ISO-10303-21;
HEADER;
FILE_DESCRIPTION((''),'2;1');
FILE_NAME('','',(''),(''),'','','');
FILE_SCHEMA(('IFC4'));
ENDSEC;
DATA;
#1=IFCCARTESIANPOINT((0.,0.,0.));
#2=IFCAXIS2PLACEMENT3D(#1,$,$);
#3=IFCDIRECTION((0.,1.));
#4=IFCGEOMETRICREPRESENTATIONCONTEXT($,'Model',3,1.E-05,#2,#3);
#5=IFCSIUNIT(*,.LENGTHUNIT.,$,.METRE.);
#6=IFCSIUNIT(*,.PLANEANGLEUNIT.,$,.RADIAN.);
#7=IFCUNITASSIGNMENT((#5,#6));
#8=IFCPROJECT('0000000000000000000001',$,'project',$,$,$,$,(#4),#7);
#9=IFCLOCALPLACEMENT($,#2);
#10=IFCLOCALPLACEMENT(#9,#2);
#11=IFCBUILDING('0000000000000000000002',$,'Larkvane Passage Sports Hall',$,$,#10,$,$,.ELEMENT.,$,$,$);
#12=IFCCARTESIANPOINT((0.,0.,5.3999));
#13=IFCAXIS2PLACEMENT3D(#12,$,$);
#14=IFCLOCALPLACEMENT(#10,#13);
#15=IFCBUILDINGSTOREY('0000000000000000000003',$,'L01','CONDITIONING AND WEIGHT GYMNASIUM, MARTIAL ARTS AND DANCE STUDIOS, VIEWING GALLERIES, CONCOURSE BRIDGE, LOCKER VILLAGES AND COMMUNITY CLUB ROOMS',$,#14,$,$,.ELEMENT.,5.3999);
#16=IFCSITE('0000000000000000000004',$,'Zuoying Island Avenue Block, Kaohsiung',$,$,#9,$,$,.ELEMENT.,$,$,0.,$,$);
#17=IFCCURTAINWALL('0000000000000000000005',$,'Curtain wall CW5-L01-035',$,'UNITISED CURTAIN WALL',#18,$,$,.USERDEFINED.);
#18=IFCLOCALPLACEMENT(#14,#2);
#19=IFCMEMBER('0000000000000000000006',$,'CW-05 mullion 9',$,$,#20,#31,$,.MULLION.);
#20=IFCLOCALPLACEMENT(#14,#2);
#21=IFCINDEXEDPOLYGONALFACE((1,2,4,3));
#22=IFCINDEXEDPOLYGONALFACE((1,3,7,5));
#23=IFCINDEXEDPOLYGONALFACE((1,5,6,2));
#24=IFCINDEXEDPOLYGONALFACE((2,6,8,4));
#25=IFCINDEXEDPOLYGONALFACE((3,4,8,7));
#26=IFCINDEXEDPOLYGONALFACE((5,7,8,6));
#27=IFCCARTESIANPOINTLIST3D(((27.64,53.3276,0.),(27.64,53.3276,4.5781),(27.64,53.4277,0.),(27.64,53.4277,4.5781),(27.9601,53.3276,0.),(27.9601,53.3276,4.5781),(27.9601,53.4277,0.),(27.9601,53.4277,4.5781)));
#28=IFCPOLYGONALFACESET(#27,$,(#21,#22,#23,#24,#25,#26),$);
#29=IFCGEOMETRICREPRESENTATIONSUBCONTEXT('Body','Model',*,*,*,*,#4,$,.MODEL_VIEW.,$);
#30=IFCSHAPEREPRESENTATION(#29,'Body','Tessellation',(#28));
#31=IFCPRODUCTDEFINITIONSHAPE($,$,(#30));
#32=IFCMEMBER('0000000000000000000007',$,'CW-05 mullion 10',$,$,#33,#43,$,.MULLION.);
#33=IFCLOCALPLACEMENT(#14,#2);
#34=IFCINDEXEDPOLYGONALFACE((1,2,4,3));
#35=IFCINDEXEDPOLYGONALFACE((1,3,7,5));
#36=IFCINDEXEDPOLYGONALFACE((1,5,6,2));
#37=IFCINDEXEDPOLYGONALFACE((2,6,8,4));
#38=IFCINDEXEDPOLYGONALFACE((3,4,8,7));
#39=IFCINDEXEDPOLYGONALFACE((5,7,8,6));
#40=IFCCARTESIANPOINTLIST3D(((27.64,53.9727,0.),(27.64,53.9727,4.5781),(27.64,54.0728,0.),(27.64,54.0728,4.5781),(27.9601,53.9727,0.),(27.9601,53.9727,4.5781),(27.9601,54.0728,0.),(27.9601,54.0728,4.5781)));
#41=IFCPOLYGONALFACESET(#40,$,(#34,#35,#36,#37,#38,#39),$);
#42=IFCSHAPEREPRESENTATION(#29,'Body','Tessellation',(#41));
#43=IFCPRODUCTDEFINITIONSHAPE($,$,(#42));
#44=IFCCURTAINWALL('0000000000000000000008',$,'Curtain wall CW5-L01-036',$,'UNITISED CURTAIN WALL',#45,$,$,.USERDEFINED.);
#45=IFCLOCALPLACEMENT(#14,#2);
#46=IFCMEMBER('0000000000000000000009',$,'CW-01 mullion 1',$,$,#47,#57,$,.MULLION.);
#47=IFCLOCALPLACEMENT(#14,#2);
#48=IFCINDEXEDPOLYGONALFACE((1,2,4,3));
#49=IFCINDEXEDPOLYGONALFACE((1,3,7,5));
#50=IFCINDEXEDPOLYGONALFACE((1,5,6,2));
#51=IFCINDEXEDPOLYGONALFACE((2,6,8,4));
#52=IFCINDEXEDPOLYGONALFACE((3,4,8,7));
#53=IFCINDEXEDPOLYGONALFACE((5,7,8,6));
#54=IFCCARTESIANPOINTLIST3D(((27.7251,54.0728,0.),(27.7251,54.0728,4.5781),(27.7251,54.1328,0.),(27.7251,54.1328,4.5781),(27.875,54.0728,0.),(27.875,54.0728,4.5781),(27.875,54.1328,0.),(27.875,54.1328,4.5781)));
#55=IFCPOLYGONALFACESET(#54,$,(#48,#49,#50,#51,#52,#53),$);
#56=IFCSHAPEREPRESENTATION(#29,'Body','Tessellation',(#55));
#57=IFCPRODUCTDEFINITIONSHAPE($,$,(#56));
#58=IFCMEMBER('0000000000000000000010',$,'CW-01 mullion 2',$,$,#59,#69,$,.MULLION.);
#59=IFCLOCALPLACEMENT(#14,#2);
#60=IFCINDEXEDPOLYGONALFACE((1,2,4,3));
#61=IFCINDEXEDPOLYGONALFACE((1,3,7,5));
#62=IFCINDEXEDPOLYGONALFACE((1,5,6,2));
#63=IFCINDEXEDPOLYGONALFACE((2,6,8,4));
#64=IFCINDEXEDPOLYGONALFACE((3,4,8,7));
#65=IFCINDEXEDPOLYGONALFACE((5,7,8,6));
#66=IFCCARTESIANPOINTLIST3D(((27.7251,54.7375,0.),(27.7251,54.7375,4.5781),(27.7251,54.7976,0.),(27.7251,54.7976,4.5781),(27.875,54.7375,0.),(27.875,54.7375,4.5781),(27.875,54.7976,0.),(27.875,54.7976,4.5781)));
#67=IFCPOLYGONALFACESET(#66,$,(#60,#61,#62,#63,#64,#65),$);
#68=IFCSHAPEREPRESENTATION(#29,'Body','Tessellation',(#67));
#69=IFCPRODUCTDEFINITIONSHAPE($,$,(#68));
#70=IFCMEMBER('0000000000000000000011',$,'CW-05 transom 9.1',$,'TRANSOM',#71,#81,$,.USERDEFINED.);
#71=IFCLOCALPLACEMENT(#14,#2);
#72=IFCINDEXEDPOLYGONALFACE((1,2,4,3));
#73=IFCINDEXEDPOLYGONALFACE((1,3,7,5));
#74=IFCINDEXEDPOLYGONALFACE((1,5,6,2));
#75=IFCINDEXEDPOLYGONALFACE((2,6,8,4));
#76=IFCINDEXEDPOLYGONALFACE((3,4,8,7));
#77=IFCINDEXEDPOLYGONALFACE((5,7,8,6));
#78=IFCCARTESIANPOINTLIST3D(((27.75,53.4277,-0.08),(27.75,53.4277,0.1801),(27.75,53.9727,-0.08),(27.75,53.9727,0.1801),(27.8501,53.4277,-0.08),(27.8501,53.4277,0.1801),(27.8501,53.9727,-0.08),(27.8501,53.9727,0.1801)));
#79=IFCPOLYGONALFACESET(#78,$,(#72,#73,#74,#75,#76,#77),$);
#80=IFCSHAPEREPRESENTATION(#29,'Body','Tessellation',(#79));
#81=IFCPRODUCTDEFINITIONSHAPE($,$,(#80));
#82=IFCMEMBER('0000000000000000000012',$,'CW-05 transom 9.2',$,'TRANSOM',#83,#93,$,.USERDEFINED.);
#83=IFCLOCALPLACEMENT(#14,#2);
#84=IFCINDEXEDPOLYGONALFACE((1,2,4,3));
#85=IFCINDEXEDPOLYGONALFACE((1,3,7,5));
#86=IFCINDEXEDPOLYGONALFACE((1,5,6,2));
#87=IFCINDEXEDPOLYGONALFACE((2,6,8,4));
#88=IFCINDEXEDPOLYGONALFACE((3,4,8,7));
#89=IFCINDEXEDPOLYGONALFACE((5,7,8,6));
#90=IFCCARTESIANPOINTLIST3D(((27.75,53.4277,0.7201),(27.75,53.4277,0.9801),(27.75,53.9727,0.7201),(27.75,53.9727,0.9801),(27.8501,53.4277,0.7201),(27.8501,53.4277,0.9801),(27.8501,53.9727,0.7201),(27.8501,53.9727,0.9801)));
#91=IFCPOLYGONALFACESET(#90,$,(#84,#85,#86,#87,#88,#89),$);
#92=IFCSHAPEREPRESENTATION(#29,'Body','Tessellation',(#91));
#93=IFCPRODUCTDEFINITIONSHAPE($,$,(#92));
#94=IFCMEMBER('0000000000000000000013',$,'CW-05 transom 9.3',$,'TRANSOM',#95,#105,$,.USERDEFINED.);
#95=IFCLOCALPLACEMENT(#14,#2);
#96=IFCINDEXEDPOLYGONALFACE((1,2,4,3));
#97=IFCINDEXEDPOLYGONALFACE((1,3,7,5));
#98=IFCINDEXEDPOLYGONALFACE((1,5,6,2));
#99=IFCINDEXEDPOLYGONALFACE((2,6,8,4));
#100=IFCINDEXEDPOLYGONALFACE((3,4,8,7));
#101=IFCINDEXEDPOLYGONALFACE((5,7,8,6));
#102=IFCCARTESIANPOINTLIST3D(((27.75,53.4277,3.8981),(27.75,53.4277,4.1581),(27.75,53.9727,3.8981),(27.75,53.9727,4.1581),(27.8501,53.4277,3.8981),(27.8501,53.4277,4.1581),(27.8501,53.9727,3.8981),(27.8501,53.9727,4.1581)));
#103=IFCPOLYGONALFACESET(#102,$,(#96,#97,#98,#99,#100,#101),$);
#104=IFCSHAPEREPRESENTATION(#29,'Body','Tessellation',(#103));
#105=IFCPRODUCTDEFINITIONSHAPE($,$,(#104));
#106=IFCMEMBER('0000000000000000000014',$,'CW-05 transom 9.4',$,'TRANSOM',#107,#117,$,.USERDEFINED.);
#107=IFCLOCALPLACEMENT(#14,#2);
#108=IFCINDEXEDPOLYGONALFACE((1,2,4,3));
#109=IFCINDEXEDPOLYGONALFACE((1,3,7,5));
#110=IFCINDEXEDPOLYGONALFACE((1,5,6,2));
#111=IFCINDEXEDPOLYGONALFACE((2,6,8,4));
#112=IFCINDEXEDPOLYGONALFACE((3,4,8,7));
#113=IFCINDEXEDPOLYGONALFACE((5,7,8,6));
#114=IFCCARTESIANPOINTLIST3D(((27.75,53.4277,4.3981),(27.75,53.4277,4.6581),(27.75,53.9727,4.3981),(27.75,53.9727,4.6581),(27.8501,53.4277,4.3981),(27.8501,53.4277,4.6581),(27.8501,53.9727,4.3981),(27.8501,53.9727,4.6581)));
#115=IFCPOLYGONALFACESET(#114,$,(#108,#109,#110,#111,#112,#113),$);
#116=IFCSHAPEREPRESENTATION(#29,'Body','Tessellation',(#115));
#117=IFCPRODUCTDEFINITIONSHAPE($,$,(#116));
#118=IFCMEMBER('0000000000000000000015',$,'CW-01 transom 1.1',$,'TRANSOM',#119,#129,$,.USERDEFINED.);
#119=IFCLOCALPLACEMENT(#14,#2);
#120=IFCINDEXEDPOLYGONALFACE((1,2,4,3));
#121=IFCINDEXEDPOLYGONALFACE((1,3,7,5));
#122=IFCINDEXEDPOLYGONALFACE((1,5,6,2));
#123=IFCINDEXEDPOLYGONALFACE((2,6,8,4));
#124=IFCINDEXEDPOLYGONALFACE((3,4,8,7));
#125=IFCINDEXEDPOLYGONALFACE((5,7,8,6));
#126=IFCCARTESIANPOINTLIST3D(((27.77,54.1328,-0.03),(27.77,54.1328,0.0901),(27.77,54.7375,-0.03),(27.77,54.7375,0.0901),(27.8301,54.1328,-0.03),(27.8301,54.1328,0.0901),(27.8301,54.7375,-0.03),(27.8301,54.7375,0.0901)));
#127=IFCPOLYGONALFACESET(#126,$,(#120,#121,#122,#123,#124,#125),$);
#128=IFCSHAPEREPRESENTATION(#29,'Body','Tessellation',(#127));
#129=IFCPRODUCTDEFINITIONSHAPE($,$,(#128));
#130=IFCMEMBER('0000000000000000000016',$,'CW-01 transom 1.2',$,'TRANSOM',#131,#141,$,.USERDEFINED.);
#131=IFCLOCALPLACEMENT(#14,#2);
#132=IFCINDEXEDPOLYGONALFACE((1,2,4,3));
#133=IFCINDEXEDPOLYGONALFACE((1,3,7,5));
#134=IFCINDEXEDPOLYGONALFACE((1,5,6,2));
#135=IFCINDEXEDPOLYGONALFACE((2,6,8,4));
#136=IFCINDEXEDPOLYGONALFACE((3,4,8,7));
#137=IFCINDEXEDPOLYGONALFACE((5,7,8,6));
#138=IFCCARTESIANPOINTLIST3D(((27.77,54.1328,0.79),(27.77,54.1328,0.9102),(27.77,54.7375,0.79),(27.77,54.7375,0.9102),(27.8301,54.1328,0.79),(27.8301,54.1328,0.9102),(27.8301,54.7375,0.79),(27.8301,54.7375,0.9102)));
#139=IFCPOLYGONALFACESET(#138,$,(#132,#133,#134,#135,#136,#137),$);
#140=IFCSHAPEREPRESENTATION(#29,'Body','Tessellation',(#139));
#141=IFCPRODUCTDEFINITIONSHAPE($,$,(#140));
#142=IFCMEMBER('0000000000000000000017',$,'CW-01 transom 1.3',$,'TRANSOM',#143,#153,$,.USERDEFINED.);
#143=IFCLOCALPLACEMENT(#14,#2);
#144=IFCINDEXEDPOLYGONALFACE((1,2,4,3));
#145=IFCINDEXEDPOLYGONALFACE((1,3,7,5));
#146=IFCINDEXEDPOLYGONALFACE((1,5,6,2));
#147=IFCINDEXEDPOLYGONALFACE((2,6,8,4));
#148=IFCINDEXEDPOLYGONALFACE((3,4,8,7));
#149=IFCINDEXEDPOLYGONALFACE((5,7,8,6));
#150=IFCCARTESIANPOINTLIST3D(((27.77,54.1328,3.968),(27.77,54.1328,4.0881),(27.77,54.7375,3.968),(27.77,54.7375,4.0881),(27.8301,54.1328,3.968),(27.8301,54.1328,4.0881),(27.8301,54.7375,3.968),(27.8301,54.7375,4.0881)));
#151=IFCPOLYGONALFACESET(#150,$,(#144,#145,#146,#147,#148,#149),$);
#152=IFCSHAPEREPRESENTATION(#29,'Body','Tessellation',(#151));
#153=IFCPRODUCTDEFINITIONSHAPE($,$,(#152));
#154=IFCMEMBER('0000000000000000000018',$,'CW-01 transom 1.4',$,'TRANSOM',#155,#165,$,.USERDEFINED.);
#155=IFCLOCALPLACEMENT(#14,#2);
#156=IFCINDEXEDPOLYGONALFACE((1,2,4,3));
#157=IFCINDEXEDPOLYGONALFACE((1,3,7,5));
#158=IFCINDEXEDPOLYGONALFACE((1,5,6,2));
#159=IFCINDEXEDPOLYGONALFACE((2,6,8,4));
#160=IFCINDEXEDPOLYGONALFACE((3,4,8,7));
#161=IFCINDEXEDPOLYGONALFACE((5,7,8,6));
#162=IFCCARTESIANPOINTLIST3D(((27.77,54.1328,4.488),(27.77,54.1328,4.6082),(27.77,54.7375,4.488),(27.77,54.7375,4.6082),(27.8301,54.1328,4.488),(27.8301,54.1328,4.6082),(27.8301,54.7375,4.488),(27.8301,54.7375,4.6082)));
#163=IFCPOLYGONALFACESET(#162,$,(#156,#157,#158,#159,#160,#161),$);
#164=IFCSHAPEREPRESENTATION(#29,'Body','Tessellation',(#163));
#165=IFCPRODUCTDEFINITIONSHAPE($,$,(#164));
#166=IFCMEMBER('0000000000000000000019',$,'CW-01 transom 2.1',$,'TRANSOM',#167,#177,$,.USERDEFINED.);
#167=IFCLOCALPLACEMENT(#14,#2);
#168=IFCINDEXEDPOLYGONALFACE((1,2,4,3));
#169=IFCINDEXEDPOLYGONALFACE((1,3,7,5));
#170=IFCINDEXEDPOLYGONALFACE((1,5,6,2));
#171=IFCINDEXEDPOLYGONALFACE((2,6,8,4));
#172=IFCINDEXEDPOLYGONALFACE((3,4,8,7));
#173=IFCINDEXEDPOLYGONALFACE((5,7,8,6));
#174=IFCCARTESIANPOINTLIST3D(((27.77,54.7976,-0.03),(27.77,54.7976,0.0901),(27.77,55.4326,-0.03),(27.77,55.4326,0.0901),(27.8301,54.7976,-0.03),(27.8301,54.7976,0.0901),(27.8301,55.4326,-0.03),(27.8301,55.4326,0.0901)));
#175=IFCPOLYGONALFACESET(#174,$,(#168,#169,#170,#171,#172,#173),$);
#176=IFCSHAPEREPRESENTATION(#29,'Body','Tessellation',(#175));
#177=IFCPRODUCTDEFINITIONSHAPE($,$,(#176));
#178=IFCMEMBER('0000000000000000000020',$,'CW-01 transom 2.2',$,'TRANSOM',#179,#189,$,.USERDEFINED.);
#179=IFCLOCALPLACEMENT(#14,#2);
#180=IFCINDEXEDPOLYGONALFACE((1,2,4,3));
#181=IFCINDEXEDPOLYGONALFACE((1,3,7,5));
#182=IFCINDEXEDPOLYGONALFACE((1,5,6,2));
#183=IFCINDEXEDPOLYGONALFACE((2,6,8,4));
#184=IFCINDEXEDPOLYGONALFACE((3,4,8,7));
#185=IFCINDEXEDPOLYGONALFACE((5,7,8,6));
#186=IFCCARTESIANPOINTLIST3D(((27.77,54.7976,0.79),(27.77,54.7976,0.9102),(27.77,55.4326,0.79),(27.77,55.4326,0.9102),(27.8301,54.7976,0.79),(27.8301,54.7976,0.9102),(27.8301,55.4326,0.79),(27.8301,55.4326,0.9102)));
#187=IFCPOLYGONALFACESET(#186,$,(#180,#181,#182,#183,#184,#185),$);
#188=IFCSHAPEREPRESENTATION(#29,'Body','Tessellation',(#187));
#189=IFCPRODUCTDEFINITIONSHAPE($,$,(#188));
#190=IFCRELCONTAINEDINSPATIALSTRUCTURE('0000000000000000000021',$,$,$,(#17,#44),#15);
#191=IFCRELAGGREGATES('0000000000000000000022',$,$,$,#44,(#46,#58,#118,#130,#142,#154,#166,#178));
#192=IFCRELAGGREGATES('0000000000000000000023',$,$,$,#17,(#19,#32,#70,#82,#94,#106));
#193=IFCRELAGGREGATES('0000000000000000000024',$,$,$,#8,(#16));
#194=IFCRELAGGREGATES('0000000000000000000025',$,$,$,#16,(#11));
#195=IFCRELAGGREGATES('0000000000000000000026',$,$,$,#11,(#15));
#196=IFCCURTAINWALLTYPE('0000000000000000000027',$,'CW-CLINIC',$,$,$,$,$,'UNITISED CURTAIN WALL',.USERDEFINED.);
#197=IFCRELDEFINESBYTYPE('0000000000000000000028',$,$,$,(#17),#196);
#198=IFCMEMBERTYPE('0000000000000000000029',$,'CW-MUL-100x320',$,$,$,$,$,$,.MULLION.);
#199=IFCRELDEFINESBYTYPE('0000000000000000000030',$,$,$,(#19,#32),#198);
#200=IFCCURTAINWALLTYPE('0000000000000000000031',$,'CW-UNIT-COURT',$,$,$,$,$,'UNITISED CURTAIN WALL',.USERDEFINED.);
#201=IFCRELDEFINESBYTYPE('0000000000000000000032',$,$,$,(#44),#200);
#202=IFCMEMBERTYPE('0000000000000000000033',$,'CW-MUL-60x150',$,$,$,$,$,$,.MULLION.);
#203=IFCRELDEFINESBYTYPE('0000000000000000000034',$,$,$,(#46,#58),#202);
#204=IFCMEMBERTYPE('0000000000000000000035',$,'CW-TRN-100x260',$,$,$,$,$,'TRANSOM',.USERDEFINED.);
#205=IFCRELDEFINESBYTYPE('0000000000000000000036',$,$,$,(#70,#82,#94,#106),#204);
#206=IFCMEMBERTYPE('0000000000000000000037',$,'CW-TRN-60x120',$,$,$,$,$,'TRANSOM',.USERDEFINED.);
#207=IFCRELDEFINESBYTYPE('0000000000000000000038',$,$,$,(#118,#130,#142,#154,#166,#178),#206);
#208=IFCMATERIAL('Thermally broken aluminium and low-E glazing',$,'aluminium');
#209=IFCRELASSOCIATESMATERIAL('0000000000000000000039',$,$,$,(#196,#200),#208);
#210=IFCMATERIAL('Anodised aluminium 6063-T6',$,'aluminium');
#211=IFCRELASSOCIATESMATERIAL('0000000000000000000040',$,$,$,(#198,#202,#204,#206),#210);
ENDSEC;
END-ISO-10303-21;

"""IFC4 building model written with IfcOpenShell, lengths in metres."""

from ifc_helpers import new_model, si_unit, direction, frame, origin, origin_2d, place, context, subcontext, project, spatial, rectangle, extrude, material, material_profile, profile_set, type_object, element, aggregate, save


model = new_model("IFC4")

# Units and contexts
model_context = context("Model", 3, precision=1e-05, world=origin(), true_north=direction((0.0, 1.0)))
body_context = subcontext(model_context, "Body", "Model", "MODEL_VIEW")
ifc_project = project(units=[si_unit("LENGTHUNIT", "METRE"), si_unit("PLANEANGLEUNIT", "RADIAN")], contexts=[model_context])

# Site, building, storey
site_placement = place(None, origin())
site = spatial("IfcSite", under=ifc_project, at=site_placement, Name="Zuoying Island Avenue Block, Kaohsiung", CompositionType="ELEMENT", RefElevation=0.0)
building_placement = place(site_placement, origin())
building = spatial("IfcBuilding", under=site, at=building_placement, Name="Larkvane Passage Sports Hall", CompositionType="ELEMENT")
storey_placement = place(building_placement, frame((0.0, 0.0, 5.3999)))
storey = spatial("IfcBuildingStorey", under=building, at=storey_placement, Name="L01", Description="CONDITIONING AND WEIGHT GYMNASIUM, MARTIAL ARTS AND DANCE STUDIOS, VIEWING GALLERIES, CONCOURSE BRIDGE, LOCKER VILLAGES AND COMMUNITY CLUB ROOMS", CompositionType="ELEMENT", Elevation=5.3999)

# Curtain walls, members
ifc_material_1 = material(Name="Thermally broken aluminium and low-E glazing", Category="aluminium")
curtain_wall_type_1 = type_object("IfcCurtainWallType", Name="CW-CLINIC", ElementType="UNITISED CURTAIN WALL", PredefinedType="USERDEFINED", material=ifc_material_1)
curtain_wall_1_placement = place(storey_placement, origin())
curtain_wall_1 = element("IfcCurtainWall", 1, at=curtain_wall_1_placement, inside=storey, type_object=curtain_wall_type_1, Name="Curtain wall CW5-L01-035", ObjectType="UNITISED CURTAIN WALL", PredefinedType="USERDEFINED")
ifc_material_2 = material(Name="Anodised aluminium 6063-T6", Category="aluminium")
ifc_material_profile_1 = material_profile(ifc_material_2, rectangle(XDim=0.1001, YDim=0.3201, at=origin_2d()), Name="ALU-MUL-100x320")
ifc_profile_set_1 = profile_set([ifc_material_profile_1], Name="Anodised aluminium 6063-T6")
member_type_1 = type_object("IfcMemberType", Name="CW-MUL-100x320", PredefinedType="MULLION", material=ifc_profile_set_1)
member_1_placement = place(storey_placement, frame((27.8, 53.3777, 0.0), z_axis=(0.0, 0.0, 1.0), x_axis=(0.0, 1.0, 0.0)))
member_1 = element("IfcMember", 2, at=member_1_placement, type_object=member_type_1, Name="CW-05 mullion 9", PredefinedType="MULLION", context=body_context, shape_type="SweptSolid", body=[
    extrude(rectangle(XDim=0.1001, YDim=0.3201, at=origin_2d()), origin(), (0.0, 0.0, 1.0), 4.5781),
])
member_2_placement = place(storey_placement, frame((27.8, 54.0227, 0.0), z_axis=(0.0, 0.0, 1.0), x_axis=(0.0, 1.0, 0.0)))
member_2 = element("IfcMember", 3, at=member_2_placement, type_object=member_type_1, Name="CW-05 mullion 10", PredefinedType="MULLION", context=body_context, shape_type="SweptSolid", body=[
    extrude(rectangle(XDim=0.1001, YDim=0.3201, at=origin_2d()), origin(), (0.0, 0.0, 1.0), 4.5781),
])
curtain_wall_type_2 = type_object("IfcCurtainWallType", Name="CW-UNIT-COURT", ElementType="UNITISED CURTAIN WALL", PredefinedType="USERDEFINED", material=ifc_material_1)
curtain_wall_2_placement = place(storey_placement, origin())
curtain_wall_2 = element("IfcCurtainWall", 4, at=curtain_wall_2_placement, inside=storey, type_object=curtain_wall_type_2, Name="Curtain wall CW5-L01-036", ObjectType="UNITISED CURTAIN WALL", PredefinedType="USERDEFINED")
ifc_material_profile_2 = material_profile(ifc_material_2, rectangle(XDim=0.0601, YDim=0.1499, at=origin_2d()), Name="ALU-MUL-60x150")
ifc_profile_set_2 = profile_set([ifc_material_profile_2], Name="Anodised aluminium 6063-T6")
member_type_2 = type_object("IfcMemberType", Name="CW-MUL-60x150", PredefinedType="MULLION", material=ifc_profile_set_2)
member_3_placement = place(storey_placement, frame((27.8, 54.1028, 0.0), z_axis=(0.0, 0.0, 1.0), x_axis=(0.0, 1.0, 0.0)))
member_3 = element("IfcMember", 5, at=member_3_placement, type_object=member_type_2, Name="CW-01 mullion 1", PredefinedType="MULLION", context=body_context, shape_type="SweptSolid", body=[
    extrude(rectangle(XDim=0.0601, YDim=0.1499, at=origin_2d()), origin(), (0.0, 0.0, 1.0), 4.5781),
])
member_4_placement = place(storey_placement, frame((27.8, 54.7676, 0.0), z_axis=(0.0, 0.0, 1.0), x_axis=(0.0, 1.0, 0.0)))
member_4 = element("IfcMember", 6, at=member_4_placement, type_object=member_type_2, Name="CW-01 mullion 2", PredefinedType="MULLION", context=body_context, shape_type="SweptSolid", body=[
    extrude(rectangle(XDim=0.0601, YDim=0.1499, at=origin_2d()), origin(), (0.0, 0.0, 1.0), 4.5781),
])

# Members
ifc_material_profile_3 = material_profile(ifc_material_2, rectangle(XDim=0.1001, YDim=0.26, at=origin_2d()), Name="ALU-TRN-100x260")
ifc_profile_set_3 = profile_set([ifc_material_profile_3], Name="Anodised aluminium 6063-T6")
member_type_3 = type_object("IfcMemberType", Name="CW-TRN-100x260", ElementType="TRANSOM", PredefinedType="USERDEFINED", material=ifc_profile_set_3)
member_5_placement = place(storey_placement, frame((27.8, 53.4277, 0.05), z_axis=(0.0, 1.0, 0.0), x_axis=(-1.0, 0.0, 0.0)))
member_5 = element("IfcMember", 7, at=member_5_placement, type_object=member_type_3, Name="CW-05 transom 9.1", ObjectType="TRANSOM", PredefinedType="USERDEFINED", context=body_context, shape_type="SweptSolid", body=[
    extrude(rectangle(XDim=0.1001, YDim=0.26, at=origin_2d()), origin(), (0.0, 0.0, 1.0), 0.5449),
])
member_6_placement = place(storey_placement, frame((27.8, 53.4277, 0.8501), z_axis=(0.0, 1.0, 0.0), x_axis=(-1.0, 0.0, 0.0)))
member_6 = element("IfcMember", 8, at=member_6_placement, type_object=member_type_3, Name="CW-05 transom 9.2", ObjectType="TRANSOM", PredefinedType="USERDEFINED", context=body_context, shape_type="SweptSolid", body=[
    extrude(rectangle(XDim=0.1001, YDim=0.26, at=origin_2d()), origin(), (0.0, 0.0, 1.0), 0.5449),
])
member_7_placement = place(storey_placement, frame((27.8, 53.4277, 4.0281), z_axis=(0.0, 1.0, 0.0), x_axis=(-1.0, 0.0, 0.0)))
member_7 = element("IfcMember", 9, at=member_7_placement, type_object=member_type_3, Name="CW-05 transom 9.3", ObjectType="TRANSOM", PredefinedType="USERDEFINED", context=body_context, shape_type="SweptSolid", body=[
    extrude(rectangle(XDim=0.1001, YDim=0.26, at=origin_2d()), origin(), (0.0, 0.0, 1.0), 0.5449),
])
member_8_placement = place(storey_placement, frame((27.8, 53.4277, 4.5281), z_axis=(0.0, 1.0, 0.0), x_axis=(-1.0, 0.0, 0.0)))
member_8 = element("IfcMember", 10, at=member_8_placement, type_object=member_type_3, Name="CW-05 transom 9.4", ObjectType="TRANSOM", PredefinedType="USERDEFINED", context=body_context, shape_type="SweptSolid", body=[
    extrude(rectangle(XDim=0.1001, YDim=0.26, at=origin_2d()), origin(), (0.0, 0.0, 1.0), 0.5449),
])
ifc_material_profile_4 = material_profile(ifc_material_2, rectangle(XDim=0.0601, YDim=0.1201, at=origin_2d()), Name="ALU-TRN-60x120")
ifc_profile_set_4 = profile_set([ifc_material_profile_4], Name="Anodised aluminium 6063-T6")
member_type_4 = type_object("IfcMemberType", Name="CW-TRN-60x120", ElementType="TRANSOM", PredefinedType="USERDEFINED", material=ifc_profile_set_4)
member_9_placement = place(storey_placement, frame((27.8, 54.1328, 0.03), z_axis=(0.0, 1.0, 0.0), x_axis=(-1.0, 0.0, 0.0)))
member_9 = element("IfcMember", 11, at=member_9_placement, type_object=member_type_4, Name="CW-01 transom 1.1", ObjectType="TRANSOM", PredefinedType="USERDEFINED", context=body_context, shape_type="SweptSolid", body=[
    extrude(rectangle(XDim=0.0601, YDim=0.1201, at=origin_2d()), origin(), (0.0, 0.0, 1.0), 0.6047),
])
member_10_placement = place(storey_placement, frame((27.8, 54.1328, 0.8501), z_axis=(0.0, 1.0, 0.0), x_axis=(-1.0, 0.0, 0.0)))
member_10 = element("IfcMember", 12, at=member_10_placement, type_object=member_type_4, Name="CW-01 transom 1.2", ObjectType="TRANSOM", PredefinedType="USERDEFINED", context=body_context, shape_type="SweptSolid", body=[
    extrude(rectangle(XDim=0.0601, YDim=0.1201, at=origin_2d()), origin(), (0.0, 0.0, 1.0), 0.6047),
])
member_11_placement = place(storey_placement, frame((27.8, 54.1328, 4.0281), z_axis=(0.0, 1.0, 0.0), x_axis=(-1.0, 0.0, 0.0)))
member_11 = element("IfcMember", 13, at=member_11_placement, type_object=member_type_4, Name="CW-01 transom 1.3", ObjectType="TRANSOM", PredefinedType="USERDEFINED", context=body_context, shape_type="SweptSolid", body=[
    extrude(rectangle(XDim=0.0601, YDim=0.1201, at=origin_2d()), origin(), (0.0, 0.0, 1.0), 0.6047),
])
member_12_placement = place(storey_placement, frame((27.8, 54.1328, 4.5481), z_axis=(0.0, 1.0, 0.0), x_axis=(-1.0, 0.0, 0.0)))
member_12 = element("IfcMember", 14, at=member_12_placement, type_object=member_type_4, Name="CW-01 transom 1.4", ObjectType="TRANSOM", PredefinedType="USERDEFINED", context=body_context, shape_type="SweptSolid", body=[
    extrude(rectangle(XDim=0.0601, YDim=0.1201, at=origin_2d()), origin(), (0.0, 0.0, 1.0), 0.6047),
])
member_13_placement = place(storey_placement, frame((27.8, 54.7976, 0.03), z_axis=(0.0, 1.0, 0.0), x_axis=(-1.0, 0.0, 0.0)))
member_13 = element("IfcMember", 15, at=member_13_placement, type_object=member_type_4, Name="CW-01 transom 2.1", ObjectType="TRANSOM", PredefinedType="USERDEFINED", context=body_context, shape_type="SweptSolid", body=[
    extrude(rectangle(XDim=0.0601, YDim=0.1201, at=origin_2d()), origin(), (0.0, 0.0, 1.0), 0.635),
])
member_14_placement = place(storey_placement, frame((27.8, 54.7976, 0.8501), z_axis=(0.0, 1.0, 0.0), x_axis=(-1.0, 0.0, 0.0)))
member_14 = element("IfcMember", 16, at=member_14_placement, type_object=member_type_4, Name="CW-01 transom 2.2", ObjectType="TRANSOM", PredefinedType="USERDEFINED", context=body_context, shape_type="SweptSolid", body=[
    extrude(rectangle(XDim=0.0601, YDim=0.1201, at=origin_2d()), origin(), (0.0, 0.0, 1.0), 0.635),
])

aggregate(curtain_wall_2, [member_3, member_4, member_9, member_10, member_11, member_12, member_13, member_14])
aggregate(curtain_wall_1, [member_1, member_2, member_5, member_6, member_7, member_8])

save(model, "model.ifc")
